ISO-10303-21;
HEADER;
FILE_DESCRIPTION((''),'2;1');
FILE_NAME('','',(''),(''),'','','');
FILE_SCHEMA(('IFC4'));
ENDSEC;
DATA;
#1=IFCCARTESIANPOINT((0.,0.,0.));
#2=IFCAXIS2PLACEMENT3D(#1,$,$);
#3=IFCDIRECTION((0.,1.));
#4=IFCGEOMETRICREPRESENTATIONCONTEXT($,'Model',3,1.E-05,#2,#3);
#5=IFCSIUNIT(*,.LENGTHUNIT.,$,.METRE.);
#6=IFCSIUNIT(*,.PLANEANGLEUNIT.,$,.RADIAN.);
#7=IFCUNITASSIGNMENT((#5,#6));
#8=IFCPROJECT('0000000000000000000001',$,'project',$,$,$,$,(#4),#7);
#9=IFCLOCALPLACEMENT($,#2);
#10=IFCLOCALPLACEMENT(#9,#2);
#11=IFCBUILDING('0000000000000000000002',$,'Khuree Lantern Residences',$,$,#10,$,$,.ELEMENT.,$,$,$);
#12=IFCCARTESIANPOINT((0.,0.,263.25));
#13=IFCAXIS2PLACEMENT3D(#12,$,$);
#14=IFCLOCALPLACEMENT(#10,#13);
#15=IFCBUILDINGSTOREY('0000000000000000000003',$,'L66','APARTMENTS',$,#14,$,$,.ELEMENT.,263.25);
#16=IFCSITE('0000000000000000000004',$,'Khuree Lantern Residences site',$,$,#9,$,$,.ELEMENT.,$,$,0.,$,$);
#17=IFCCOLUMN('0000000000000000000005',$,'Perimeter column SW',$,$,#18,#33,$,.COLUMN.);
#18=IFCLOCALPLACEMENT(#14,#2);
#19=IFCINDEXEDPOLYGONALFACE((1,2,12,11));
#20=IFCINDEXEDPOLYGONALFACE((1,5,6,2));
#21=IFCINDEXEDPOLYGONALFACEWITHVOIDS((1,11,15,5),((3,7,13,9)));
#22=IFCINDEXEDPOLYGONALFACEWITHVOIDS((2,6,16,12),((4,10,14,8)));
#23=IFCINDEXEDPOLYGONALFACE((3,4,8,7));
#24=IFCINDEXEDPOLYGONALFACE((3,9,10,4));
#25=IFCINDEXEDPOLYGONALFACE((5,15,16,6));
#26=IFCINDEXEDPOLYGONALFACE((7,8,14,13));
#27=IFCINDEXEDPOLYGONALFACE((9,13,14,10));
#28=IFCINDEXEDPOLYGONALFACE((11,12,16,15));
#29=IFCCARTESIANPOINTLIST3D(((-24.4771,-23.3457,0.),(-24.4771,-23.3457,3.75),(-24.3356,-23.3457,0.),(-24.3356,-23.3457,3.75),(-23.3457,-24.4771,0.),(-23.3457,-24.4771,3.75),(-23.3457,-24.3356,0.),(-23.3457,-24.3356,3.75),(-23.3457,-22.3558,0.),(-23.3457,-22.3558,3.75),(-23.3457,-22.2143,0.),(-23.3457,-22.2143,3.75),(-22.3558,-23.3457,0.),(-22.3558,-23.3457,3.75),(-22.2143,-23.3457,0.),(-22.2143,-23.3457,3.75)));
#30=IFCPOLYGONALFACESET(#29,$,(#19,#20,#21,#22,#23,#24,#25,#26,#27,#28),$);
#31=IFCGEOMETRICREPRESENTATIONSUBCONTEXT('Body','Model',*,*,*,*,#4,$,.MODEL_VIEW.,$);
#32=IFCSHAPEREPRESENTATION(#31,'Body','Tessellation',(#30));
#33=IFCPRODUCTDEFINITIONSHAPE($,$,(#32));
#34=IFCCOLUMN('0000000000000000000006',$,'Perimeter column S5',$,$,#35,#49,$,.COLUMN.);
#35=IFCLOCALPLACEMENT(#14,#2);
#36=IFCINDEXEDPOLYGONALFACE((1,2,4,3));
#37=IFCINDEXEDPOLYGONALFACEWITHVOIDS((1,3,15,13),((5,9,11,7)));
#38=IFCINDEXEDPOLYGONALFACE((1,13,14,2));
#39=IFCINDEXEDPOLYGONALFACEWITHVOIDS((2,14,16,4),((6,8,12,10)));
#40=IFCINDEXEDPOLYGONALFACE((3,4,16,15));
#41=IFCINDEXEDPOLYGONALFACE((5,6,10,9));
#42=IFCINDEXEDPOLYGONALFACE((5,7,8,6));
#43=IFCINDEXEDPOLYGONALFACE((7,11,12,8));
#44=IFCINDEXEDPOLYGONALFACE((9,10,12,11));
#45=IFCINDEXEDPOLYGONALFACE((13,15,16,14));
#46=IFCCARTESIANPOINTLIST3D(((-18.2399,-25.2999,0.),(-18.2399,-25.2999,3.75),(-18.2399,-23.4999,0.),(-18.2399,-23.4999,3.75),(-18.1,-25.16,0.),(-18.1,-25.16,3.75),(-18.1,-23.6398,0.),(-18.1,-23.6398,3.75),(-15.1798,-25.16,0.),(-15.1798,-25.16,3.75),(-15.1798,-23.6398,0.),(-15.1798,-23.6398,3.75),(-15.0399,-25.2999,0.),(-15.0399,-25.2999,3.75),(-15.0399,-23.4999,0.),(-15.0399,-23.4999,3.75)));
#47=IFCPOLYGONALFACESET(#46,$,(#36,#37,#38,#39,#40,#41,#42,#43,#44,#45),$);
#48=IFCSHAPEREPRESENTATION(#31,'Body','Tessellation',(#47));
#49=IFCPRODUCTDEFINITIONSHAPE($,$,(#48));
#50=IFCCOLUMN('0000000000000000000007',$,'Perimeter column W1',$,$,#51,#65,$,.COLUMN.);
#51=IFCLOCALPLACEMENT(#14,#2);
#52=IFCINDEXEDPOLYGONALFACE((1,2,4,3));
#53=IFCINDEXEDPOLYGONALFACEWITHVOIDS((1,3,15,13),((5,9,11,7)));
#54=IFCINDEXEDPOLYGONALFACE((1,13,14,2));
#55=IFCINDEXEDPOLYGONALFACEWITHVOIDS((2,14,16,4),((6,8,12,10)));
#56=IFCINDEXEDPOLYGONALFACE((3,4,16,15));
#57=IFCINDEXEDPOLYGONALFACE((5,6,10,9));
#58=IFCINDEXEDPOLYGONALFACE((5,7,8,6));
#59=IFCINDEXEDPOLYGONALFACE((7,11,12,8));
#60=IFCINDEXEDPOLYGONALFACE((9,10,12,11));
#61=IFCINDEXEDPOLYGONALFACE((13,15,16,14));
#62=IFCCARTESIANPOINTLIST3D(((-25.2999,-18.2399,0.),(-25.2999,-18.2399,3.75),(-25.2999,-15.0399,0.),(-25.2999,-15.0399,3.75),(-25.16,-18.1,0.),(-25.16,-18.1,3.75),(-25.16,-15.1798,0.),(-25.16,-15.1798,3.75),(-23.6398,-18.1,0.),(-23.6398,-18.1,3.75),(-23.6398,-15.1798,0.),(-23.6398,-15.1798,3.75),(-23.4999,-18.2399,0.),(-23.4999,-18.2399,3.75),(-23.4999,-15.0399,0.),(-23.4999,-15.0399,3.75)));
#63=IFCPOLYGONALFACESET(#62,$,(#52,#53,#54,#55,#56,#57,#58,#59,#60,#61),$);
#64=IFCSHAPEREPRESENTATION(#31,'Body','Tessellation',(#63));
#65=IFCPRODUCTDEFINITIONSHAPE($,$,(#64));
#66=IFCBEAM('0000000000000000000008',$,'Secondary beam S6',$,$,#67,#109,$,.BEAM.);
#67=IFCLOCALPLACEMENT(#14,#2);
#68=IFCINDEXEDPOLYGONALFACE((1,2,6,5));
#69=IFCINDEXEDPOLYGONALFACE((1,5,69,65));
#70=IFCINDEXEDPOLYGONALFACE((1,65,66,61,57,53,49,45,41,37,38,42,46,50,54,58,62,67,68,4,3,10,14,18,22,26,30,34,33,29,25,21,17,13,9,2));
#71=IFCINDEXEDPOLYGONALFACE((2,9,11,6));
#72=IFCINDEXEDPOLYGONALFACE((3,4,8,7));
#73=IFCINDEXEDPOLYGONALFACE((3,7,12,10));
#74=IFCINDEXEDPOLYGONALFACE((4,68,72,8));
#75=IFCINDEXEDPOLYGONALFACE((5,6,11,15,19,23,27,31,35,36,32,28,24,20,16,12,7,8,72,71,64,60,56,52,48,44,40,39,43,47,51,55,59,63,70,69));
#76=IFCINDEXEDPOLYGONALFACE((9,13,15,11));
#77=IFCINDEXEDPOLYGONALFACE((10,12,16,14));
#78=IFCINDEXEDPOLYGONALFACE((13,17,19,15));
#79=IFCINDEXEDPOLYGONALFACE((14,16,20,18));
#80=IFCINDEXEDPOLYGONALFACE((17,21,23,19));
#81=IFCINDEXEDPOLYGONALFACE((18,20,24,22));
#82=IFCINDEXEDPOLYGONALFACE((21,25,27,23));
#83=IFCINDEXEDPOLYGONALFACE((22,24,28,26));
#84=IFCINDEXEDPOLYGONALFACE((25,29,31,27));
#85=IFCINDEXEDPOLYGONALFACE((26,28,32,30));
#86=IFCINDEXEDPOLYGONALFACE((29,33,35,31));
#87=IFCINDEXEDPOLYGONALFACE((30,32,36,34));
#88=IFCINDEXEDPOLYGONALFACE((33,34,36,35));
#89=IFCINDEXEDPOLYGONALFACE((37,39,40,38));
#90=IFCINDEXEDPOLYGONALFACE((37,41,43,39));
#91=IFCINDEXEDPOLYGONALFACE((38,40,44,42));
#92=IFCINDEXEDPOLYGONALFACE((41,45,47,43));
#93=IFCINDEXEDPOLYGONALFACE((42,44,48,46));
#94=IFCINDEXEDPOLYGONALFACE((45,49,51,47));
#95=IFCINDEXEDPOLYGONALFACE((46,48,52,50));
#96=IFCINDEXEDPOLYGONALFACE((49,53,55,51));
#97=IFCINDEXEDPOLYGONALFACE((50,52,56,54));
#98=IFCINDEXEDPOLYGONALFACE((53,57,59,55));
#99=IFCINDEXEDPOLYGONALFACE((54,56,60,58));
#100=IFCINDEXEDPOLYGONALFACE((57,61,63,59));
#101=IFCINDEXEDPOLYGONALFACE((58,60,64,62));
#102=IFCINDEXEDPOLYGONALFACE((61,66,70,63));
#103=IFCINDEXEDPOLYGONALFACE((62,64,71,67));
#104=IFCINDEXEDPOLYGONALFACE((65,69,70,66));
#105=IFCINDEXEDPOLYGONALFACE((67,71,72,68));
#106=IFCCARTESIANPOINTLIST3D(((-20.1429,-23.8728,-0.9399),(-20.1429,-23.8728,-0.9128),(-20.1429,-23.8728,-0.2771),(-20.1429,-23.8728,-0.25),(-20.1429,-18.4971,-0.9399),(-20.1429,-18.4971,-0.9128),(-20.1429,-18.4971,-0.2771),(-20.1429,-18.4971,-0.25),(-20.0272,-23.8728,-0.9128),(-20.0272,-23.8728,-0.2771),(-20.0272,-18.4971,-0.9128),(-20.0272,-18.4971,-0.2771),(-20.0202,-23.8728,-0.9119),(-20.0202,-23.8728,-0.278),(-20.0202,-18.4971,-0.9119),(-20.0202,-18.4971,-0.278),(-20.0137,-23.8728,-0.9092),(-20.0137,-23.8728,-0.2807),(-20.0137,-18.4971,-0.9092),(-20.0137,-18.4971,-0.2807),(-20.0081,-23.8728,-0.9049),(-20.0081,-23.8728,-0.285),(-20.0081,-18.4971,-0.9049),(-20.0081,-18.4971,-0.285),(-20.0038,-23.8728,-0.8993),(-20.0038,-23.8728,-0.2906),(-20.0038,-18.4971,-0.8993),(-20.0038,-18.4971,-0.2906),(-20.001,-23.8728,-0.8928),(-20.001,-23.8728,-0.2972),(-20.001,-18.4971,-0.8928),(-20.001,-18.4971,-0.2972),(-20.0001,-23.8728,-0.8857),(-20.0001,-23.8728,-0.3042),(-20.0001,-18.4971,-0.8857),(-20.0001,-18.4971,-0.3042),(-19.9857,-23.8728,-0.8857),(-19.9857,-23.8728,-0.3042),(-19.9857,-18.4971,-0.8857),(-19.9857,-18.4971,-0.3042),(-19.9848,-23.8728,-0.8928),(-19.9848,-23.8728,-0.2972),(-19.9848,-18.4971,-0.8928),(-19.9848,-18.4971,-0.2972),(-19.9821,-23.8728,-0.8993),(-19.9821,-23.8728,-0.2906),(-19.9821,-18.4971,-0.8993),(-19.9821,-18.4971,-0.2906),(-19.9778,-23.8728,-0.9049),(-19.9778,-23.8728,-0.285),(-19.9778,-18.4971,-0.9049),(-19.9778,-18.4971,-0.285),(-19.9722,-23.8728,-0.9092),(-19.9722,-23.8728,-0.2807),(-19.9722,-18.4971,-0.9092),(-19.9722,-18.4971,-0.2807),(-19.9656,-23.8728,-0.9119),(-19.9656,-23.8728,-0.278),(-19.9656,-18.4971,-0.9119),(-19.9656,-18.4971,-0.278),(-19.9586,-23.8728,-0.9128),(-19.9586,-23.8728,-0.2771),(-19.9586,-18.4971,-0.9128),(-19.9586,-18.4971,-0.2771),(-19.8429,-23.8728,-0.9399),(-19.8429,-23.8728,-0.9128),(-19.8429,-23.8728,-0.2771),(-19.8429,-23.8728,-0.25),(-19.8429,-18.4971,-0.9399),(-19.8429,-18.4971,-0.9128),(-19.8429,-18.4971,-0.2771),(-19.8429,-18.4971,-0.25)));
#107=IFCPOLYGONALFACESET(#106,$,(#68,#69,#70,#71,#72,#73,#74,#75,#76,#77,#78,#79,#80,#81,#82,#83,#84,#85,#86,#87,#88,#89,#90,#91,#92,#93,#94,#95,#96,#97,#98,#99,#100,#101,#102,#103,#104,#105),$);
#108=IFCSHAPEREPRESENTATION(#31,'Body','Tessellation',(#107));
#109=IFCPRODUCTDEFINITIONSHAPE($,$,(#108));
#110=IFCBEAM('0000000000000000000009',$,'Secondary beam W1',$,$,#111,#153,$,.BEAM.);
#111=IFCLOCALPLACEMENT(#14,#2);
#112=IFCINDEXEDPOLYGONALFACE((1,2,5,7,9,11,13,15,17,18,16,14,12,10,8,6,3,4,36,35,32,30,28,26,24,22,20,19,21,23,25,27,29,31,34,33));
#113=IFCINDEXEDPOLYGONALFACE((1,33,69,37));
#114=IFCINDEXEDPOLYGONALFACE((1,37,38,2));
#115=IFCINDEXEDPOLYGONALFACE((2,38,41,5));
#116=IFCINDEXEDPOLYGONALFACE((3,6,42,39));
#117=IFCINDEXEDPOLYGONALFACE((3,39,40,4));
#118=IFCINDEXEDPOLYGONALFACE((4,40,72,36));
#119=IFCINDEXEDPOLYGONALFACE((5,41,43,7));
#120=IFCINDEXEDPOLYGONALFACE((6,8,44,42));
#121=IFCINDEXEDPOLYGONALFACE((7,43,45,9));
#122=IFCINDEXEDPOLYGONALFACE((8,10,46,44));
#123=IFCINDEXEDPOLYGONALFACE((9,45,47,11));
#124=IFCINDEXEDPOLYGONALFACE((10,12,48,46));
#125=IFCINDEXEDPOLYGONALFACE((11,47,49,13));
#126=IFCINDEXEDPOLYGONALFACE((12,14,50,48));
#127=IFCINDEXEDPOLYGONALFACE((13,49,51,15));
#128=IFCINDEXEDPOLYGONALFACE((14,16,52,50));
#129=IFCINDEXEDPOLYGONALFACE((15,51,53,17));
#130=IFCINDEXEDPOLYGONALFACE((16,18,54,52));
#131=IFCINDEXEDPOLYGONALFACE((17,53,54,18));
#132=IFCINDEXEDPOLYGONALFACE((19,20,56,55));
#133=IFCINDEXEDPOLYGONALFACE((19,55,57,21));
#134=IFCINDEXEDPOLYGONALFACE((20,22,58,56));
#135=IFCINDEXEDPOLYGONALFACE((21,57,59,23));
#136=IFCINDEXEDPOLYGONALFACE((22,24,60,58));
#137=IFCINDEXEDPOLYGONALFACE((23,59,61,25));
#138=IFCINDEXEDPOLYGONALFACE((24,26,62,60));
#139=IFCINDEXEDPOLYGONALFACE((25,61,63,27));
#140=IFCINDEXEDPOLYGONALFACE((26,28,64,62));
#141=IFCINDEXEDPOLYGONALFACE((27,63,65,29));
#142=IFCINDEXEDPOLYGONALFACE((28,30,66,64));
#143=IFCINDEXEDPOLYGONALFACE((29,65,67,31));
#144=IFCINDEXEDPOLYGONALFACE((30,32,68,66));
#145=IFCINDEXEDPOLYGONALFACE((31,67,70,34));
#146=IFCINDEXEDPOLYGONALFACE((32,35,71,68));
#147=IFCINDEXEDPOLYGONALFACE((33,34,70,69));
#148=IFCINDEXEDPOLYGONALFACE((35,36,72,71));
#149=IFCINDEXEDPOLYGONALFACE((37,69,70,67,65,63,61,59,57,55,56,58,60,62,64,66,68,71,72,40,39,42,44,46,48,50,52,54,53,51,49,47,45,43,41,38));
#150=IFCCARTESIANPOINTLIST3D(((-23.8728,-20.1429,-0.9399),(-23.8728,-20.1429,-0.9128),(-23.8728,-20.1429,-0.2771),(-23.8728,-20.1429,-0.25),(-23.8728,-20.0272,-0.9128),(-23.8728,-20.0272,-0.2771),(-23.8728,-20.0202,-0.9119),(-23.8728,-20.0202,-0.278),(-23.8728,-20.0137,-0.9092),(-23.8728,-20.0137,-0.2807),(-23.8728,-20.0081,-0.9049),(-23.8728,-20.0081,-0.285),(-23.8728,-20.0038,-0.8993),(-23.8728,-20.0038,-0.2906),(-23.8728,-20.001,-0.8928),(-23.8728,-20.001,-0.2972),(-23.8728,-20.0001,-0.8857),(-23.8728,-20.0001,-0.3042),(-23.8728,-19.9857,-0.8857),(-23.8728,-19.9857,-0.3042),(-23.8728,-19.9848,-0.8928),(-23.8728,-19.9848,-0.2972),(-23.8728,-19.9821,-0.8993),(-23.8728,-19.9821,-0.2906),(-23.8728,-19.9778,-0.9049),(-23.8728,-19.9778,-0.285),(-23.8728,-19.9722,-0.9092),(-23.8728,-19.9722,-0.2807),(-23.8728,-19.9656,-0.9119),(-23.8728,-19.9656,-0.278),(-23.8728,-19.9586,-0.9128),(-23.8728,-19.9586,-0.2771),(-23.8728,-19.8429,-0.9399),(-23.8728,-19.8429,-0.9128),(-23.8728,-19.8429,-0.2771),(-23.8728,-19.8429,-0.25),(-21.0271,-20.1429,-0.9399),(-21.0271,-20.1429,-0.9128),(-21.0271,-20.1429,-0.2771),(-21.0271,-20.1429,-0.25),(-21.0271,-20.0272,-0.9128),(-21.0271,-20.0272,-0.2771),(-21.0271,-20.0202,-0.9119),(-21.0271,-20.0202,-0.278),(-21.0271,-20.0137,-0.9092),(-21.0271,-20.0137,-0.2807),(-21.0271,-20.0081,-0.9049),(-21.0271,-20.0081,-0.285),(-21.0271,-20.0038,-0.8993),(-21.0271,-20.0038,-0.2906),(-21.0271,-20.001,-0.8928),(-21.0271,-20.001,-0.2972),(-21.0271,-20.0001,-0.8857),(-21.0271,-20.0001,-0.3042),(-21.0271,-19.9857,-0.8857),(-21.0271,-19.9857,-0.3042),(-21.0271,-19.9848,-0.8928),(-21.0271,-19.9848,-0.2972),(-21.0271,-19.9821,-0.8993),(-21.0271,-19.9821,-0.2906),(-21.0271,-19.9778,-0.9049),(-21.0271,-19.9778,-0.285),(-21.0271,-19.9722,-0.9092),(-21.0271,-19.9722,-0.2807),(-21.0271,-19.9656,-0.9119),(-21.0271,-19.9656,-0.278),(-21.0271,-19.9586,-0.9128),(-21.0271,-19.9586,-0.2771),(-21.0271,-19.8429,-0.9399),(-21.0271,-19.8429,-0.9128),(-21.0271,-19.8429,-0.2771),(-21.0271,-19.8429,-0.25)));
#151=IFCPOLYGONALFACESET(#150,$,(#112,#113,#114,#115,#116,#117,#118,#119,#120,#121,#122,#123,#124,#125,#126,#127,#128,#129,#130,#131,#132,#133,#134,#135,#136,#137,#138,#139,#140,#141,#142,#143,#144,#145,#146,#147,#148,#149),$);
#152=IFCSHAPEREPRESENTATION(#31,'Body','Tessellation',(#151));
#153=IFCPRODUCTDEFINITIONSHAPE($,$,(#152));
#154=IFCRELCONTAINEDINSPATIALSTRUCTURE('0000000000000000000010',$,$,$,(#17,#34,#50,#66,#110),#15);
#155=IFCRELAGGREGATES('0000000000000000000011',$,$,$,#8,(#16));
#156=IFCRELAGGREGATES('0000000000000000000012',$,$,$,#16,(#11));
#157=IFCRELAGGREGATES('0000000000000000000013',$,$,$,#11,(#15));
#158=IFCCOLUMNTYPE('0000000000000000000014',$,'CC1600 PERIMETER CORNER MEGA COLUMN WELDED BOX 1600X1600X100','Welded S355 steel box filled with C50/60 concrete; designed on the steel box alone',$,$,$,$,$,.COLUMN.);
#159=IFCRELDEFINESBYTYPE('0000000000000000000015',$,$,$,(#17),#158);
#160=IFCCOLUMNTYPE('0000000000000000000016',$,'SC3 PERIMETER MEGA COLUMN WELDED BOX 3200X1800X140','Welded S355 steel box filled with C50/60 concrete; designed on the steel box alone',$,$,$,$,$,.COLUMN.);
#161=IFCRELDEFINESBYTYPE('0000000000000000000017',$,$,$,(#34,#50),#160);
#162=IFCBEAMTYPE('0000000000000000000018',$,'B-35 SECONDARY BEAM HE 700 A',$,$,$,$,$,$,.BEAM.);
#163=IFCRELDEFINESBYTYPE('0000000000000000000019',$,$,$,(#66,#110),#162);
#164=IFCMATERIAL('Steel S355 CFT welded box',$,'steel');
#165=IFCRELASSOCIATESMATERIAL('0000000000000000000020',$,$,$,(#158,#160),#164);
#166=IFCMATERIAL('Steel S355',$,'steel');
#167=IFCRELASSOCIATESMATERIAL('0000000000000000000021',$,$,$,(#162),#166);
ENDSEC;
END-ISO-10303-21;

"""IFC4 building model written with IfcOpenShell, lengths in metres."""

from ifc_helpers import new_model, si_unit, direction, frame, origin, origin_2d, place, context, subcontext, project, spatial, hollow_rectangle, i_section, extrude, material, material_profile, profile_set, type_object, element, save


model = new_model("IFC4")

# Units and contexts
model_context = context("Model", 3, precision=1e-05, world=origin(), true_north=direction((0.0, 1.0)))
body_context = subcontext(model_context, "Body", "Model", "MODEL_VIEW")
ifc_project = project(units=[si_unit("LENGTHUNIT", "METRE"), si_unit("PLANEANGLEUNIT", "RADIAN")], contexts=[model_context])

# Site, building, storey
site_placement = place(None, origin())
site = spatial("IfcSite", under=ifc_project, at=site_placement, Name="Khuree Lantern Residences site", CompositionType="ELEMENT", RefElevation=0.0)
building_placement = place(site_placement, origin())
building = spatial("IfcBuilding", under=site, at=building_placement, Name="Khuree Lantern Residences", CompositionType="ELEMENT")
storey_placement = place(building_placement, frame((0.0, 0.0, 263.25)))
storey = spatial("IfcBuildingStorey", under=building, at=storey_placement, Name="L66", Description="APARTMENTS", CompositionType="ELEMENT", Elevation=263.25)

# Columns
ifc_material_1 = material(Name="Steel S355 CFT welded box", Category="steel")
ifc_material_profile_1 = material_profile(ifc_material_1, hollow_rectangle(XDim=1.6001, YDim=1.6001, WallThickness=0.1001, at=origin_2d()), Name="WELDED BOX 1600X1600X100")
ifc_profile_set_1 = profile_set([ifc_material_profile_1], Name="Steel S355 CFT welded box")
column_type_1 = type_object("IfcColumnType", Name="CC1600 PERIMETER CORNER MEGA COLUMN WELDED BOX 1600X1600X100", Description="Welded S355 steel box filled with C50/60 concrete; designed on the steel box alone", PredefinedType="COLUMN", material=ifc_profile_set_1)
column_placement = place(storey_placement, frame((-23.3457, -23.3457, 0.0), z_axis=(0.0, 0.0, 1.0), x_axis=(0.707107, -0.707107, 0.0)))
element("IfcColumn", 1, at=column_placement, inside=storey, type_object=column_type_1, Name="Perimeter column SW", PredefinedType="COLUMN", context=body_context, shape_type="SweptSolid", body=[
    extrude(hollow_rectangle(XDim=1.6001, YDim=1.6001, WallThickness=0.1001, at=origin_2d()), origin(), (0.0, 0.0, 1.0), 3.75),
])
ifc_material_profile_2 = material_profile(ifc_material_1, hollow_rectangle(XDim=3.2, YDim=1.8, WallThickness=0.1399, at=origin_2d()), Name="WELDED BOX 3200X1800X140")
ifc_profile_set_2 = profile_set([ifc_material_profile_2], Name="Steel S355 CFT welded box")
column_type_2 = type_object("IfcColumnType", Name="SC3 PERIMETER MEGA COLUMN WELDED BOX 3200X1800X140", Description="Welded S355 steel box filled with C50/60 concrete; designed on the steel box alone", PredefinedType="COLUMN", material=ifc_profile_set_2)
for number, where, z_axis, x_axis, name in (
    (2, (-16.6399, -24.3999, 0.0), (0.0, 0.0, 1.0), (1.0, 0.0, 0.0), "Perimeter column S5"),
    (3, (-24.3999, -16.6399, 0.0), (0.0, 0.0, 1.0), (0.0, 1.0, 0.0), "Perimeter column W1"),
):
    element("IfcColumn", number, at=place(storey_placement, frame(where, z_axis=z_axis, x_axis=x_axis)), inside=storey, type_object=column_type_2, Name=name, PredefinedType="COLUMN", context=body_context, shape_type="SweptSolid", body=[
        extrude(hollow_rectangle(XDim=3.2, YDim=1.8, WallThickness=0.1399, at=origin_2d()), origin(), (0.0, 0.0, 1.0), 3.75),
    ])

# Beams
ifc_material_2 = material(Name="Steel S355", Category="steel")
ifc_material_profile_3 = material_profile(ifc_material_2, i_section(OverallWidth=0.3, OverallDepth=0.6899, WebThickness=0.0144, FlangeThickness=0.0271, FilletRadius=0.0271, at=origin_2d()), Name="HE 700 A")
ifc_profile_set_3 = profile_set([ifc_material_profile_3], Name="Steel S355")
beam_type_1 = type_object("IfcBeamType", Name="B-35 SECONDARY BEAM HE 700 A", PredefinedType="BEAM", material=ifc_profile_set_3)
beam_1_placement = place(storey_placement, frame((-19.9929, -23.8728, -0.595), z_axis=(0.0, 1.0, 0.0), x_axis=(-1.0, 0.0, 0.0)))
element("IfcBeam", 4, at=beam_1_placement, inside=storey, type_object=beam_type_1, Name="Secondary beam S6", PredefinedType="BEAM", context=body_context, shape_type="SweptSolid", body=[
    extrude(i_section(OverallWidth=0.3, OverallDepth=0.6899, WebThickness=0.0144, FlangeThickness=0.0271, FilletRadius=0.0271, at=origin_2d()), origin(), (0.0, 0.0, 1.0), 5.3757),
])
beam_2_placement = place(storey_placement, frame((-23.8728, -19.9929, -0.595), z_axis=(1.0, 0.0, 0.0), x_axis=(0.0, 1.0, 0.0)))
element("IfcBeam", 5, at=beam_2_placement, inside=storey, type_object=beam_type_1, Name="Secondary beam W1", PredefinedType="BEAM", context=body_context, shape_type="SweptSolid", body=[
    extrude(i_section(OverallWidth=0.3, OverallDepth=0.6899, WebThickness=0.0144, FlangeThickness=0.0271, FilletRadius=0.0271, at=origin_2d()), origin(), (0.0, 0.0, 1.0), 2.8457),
])

save(model, "model.ifc")
